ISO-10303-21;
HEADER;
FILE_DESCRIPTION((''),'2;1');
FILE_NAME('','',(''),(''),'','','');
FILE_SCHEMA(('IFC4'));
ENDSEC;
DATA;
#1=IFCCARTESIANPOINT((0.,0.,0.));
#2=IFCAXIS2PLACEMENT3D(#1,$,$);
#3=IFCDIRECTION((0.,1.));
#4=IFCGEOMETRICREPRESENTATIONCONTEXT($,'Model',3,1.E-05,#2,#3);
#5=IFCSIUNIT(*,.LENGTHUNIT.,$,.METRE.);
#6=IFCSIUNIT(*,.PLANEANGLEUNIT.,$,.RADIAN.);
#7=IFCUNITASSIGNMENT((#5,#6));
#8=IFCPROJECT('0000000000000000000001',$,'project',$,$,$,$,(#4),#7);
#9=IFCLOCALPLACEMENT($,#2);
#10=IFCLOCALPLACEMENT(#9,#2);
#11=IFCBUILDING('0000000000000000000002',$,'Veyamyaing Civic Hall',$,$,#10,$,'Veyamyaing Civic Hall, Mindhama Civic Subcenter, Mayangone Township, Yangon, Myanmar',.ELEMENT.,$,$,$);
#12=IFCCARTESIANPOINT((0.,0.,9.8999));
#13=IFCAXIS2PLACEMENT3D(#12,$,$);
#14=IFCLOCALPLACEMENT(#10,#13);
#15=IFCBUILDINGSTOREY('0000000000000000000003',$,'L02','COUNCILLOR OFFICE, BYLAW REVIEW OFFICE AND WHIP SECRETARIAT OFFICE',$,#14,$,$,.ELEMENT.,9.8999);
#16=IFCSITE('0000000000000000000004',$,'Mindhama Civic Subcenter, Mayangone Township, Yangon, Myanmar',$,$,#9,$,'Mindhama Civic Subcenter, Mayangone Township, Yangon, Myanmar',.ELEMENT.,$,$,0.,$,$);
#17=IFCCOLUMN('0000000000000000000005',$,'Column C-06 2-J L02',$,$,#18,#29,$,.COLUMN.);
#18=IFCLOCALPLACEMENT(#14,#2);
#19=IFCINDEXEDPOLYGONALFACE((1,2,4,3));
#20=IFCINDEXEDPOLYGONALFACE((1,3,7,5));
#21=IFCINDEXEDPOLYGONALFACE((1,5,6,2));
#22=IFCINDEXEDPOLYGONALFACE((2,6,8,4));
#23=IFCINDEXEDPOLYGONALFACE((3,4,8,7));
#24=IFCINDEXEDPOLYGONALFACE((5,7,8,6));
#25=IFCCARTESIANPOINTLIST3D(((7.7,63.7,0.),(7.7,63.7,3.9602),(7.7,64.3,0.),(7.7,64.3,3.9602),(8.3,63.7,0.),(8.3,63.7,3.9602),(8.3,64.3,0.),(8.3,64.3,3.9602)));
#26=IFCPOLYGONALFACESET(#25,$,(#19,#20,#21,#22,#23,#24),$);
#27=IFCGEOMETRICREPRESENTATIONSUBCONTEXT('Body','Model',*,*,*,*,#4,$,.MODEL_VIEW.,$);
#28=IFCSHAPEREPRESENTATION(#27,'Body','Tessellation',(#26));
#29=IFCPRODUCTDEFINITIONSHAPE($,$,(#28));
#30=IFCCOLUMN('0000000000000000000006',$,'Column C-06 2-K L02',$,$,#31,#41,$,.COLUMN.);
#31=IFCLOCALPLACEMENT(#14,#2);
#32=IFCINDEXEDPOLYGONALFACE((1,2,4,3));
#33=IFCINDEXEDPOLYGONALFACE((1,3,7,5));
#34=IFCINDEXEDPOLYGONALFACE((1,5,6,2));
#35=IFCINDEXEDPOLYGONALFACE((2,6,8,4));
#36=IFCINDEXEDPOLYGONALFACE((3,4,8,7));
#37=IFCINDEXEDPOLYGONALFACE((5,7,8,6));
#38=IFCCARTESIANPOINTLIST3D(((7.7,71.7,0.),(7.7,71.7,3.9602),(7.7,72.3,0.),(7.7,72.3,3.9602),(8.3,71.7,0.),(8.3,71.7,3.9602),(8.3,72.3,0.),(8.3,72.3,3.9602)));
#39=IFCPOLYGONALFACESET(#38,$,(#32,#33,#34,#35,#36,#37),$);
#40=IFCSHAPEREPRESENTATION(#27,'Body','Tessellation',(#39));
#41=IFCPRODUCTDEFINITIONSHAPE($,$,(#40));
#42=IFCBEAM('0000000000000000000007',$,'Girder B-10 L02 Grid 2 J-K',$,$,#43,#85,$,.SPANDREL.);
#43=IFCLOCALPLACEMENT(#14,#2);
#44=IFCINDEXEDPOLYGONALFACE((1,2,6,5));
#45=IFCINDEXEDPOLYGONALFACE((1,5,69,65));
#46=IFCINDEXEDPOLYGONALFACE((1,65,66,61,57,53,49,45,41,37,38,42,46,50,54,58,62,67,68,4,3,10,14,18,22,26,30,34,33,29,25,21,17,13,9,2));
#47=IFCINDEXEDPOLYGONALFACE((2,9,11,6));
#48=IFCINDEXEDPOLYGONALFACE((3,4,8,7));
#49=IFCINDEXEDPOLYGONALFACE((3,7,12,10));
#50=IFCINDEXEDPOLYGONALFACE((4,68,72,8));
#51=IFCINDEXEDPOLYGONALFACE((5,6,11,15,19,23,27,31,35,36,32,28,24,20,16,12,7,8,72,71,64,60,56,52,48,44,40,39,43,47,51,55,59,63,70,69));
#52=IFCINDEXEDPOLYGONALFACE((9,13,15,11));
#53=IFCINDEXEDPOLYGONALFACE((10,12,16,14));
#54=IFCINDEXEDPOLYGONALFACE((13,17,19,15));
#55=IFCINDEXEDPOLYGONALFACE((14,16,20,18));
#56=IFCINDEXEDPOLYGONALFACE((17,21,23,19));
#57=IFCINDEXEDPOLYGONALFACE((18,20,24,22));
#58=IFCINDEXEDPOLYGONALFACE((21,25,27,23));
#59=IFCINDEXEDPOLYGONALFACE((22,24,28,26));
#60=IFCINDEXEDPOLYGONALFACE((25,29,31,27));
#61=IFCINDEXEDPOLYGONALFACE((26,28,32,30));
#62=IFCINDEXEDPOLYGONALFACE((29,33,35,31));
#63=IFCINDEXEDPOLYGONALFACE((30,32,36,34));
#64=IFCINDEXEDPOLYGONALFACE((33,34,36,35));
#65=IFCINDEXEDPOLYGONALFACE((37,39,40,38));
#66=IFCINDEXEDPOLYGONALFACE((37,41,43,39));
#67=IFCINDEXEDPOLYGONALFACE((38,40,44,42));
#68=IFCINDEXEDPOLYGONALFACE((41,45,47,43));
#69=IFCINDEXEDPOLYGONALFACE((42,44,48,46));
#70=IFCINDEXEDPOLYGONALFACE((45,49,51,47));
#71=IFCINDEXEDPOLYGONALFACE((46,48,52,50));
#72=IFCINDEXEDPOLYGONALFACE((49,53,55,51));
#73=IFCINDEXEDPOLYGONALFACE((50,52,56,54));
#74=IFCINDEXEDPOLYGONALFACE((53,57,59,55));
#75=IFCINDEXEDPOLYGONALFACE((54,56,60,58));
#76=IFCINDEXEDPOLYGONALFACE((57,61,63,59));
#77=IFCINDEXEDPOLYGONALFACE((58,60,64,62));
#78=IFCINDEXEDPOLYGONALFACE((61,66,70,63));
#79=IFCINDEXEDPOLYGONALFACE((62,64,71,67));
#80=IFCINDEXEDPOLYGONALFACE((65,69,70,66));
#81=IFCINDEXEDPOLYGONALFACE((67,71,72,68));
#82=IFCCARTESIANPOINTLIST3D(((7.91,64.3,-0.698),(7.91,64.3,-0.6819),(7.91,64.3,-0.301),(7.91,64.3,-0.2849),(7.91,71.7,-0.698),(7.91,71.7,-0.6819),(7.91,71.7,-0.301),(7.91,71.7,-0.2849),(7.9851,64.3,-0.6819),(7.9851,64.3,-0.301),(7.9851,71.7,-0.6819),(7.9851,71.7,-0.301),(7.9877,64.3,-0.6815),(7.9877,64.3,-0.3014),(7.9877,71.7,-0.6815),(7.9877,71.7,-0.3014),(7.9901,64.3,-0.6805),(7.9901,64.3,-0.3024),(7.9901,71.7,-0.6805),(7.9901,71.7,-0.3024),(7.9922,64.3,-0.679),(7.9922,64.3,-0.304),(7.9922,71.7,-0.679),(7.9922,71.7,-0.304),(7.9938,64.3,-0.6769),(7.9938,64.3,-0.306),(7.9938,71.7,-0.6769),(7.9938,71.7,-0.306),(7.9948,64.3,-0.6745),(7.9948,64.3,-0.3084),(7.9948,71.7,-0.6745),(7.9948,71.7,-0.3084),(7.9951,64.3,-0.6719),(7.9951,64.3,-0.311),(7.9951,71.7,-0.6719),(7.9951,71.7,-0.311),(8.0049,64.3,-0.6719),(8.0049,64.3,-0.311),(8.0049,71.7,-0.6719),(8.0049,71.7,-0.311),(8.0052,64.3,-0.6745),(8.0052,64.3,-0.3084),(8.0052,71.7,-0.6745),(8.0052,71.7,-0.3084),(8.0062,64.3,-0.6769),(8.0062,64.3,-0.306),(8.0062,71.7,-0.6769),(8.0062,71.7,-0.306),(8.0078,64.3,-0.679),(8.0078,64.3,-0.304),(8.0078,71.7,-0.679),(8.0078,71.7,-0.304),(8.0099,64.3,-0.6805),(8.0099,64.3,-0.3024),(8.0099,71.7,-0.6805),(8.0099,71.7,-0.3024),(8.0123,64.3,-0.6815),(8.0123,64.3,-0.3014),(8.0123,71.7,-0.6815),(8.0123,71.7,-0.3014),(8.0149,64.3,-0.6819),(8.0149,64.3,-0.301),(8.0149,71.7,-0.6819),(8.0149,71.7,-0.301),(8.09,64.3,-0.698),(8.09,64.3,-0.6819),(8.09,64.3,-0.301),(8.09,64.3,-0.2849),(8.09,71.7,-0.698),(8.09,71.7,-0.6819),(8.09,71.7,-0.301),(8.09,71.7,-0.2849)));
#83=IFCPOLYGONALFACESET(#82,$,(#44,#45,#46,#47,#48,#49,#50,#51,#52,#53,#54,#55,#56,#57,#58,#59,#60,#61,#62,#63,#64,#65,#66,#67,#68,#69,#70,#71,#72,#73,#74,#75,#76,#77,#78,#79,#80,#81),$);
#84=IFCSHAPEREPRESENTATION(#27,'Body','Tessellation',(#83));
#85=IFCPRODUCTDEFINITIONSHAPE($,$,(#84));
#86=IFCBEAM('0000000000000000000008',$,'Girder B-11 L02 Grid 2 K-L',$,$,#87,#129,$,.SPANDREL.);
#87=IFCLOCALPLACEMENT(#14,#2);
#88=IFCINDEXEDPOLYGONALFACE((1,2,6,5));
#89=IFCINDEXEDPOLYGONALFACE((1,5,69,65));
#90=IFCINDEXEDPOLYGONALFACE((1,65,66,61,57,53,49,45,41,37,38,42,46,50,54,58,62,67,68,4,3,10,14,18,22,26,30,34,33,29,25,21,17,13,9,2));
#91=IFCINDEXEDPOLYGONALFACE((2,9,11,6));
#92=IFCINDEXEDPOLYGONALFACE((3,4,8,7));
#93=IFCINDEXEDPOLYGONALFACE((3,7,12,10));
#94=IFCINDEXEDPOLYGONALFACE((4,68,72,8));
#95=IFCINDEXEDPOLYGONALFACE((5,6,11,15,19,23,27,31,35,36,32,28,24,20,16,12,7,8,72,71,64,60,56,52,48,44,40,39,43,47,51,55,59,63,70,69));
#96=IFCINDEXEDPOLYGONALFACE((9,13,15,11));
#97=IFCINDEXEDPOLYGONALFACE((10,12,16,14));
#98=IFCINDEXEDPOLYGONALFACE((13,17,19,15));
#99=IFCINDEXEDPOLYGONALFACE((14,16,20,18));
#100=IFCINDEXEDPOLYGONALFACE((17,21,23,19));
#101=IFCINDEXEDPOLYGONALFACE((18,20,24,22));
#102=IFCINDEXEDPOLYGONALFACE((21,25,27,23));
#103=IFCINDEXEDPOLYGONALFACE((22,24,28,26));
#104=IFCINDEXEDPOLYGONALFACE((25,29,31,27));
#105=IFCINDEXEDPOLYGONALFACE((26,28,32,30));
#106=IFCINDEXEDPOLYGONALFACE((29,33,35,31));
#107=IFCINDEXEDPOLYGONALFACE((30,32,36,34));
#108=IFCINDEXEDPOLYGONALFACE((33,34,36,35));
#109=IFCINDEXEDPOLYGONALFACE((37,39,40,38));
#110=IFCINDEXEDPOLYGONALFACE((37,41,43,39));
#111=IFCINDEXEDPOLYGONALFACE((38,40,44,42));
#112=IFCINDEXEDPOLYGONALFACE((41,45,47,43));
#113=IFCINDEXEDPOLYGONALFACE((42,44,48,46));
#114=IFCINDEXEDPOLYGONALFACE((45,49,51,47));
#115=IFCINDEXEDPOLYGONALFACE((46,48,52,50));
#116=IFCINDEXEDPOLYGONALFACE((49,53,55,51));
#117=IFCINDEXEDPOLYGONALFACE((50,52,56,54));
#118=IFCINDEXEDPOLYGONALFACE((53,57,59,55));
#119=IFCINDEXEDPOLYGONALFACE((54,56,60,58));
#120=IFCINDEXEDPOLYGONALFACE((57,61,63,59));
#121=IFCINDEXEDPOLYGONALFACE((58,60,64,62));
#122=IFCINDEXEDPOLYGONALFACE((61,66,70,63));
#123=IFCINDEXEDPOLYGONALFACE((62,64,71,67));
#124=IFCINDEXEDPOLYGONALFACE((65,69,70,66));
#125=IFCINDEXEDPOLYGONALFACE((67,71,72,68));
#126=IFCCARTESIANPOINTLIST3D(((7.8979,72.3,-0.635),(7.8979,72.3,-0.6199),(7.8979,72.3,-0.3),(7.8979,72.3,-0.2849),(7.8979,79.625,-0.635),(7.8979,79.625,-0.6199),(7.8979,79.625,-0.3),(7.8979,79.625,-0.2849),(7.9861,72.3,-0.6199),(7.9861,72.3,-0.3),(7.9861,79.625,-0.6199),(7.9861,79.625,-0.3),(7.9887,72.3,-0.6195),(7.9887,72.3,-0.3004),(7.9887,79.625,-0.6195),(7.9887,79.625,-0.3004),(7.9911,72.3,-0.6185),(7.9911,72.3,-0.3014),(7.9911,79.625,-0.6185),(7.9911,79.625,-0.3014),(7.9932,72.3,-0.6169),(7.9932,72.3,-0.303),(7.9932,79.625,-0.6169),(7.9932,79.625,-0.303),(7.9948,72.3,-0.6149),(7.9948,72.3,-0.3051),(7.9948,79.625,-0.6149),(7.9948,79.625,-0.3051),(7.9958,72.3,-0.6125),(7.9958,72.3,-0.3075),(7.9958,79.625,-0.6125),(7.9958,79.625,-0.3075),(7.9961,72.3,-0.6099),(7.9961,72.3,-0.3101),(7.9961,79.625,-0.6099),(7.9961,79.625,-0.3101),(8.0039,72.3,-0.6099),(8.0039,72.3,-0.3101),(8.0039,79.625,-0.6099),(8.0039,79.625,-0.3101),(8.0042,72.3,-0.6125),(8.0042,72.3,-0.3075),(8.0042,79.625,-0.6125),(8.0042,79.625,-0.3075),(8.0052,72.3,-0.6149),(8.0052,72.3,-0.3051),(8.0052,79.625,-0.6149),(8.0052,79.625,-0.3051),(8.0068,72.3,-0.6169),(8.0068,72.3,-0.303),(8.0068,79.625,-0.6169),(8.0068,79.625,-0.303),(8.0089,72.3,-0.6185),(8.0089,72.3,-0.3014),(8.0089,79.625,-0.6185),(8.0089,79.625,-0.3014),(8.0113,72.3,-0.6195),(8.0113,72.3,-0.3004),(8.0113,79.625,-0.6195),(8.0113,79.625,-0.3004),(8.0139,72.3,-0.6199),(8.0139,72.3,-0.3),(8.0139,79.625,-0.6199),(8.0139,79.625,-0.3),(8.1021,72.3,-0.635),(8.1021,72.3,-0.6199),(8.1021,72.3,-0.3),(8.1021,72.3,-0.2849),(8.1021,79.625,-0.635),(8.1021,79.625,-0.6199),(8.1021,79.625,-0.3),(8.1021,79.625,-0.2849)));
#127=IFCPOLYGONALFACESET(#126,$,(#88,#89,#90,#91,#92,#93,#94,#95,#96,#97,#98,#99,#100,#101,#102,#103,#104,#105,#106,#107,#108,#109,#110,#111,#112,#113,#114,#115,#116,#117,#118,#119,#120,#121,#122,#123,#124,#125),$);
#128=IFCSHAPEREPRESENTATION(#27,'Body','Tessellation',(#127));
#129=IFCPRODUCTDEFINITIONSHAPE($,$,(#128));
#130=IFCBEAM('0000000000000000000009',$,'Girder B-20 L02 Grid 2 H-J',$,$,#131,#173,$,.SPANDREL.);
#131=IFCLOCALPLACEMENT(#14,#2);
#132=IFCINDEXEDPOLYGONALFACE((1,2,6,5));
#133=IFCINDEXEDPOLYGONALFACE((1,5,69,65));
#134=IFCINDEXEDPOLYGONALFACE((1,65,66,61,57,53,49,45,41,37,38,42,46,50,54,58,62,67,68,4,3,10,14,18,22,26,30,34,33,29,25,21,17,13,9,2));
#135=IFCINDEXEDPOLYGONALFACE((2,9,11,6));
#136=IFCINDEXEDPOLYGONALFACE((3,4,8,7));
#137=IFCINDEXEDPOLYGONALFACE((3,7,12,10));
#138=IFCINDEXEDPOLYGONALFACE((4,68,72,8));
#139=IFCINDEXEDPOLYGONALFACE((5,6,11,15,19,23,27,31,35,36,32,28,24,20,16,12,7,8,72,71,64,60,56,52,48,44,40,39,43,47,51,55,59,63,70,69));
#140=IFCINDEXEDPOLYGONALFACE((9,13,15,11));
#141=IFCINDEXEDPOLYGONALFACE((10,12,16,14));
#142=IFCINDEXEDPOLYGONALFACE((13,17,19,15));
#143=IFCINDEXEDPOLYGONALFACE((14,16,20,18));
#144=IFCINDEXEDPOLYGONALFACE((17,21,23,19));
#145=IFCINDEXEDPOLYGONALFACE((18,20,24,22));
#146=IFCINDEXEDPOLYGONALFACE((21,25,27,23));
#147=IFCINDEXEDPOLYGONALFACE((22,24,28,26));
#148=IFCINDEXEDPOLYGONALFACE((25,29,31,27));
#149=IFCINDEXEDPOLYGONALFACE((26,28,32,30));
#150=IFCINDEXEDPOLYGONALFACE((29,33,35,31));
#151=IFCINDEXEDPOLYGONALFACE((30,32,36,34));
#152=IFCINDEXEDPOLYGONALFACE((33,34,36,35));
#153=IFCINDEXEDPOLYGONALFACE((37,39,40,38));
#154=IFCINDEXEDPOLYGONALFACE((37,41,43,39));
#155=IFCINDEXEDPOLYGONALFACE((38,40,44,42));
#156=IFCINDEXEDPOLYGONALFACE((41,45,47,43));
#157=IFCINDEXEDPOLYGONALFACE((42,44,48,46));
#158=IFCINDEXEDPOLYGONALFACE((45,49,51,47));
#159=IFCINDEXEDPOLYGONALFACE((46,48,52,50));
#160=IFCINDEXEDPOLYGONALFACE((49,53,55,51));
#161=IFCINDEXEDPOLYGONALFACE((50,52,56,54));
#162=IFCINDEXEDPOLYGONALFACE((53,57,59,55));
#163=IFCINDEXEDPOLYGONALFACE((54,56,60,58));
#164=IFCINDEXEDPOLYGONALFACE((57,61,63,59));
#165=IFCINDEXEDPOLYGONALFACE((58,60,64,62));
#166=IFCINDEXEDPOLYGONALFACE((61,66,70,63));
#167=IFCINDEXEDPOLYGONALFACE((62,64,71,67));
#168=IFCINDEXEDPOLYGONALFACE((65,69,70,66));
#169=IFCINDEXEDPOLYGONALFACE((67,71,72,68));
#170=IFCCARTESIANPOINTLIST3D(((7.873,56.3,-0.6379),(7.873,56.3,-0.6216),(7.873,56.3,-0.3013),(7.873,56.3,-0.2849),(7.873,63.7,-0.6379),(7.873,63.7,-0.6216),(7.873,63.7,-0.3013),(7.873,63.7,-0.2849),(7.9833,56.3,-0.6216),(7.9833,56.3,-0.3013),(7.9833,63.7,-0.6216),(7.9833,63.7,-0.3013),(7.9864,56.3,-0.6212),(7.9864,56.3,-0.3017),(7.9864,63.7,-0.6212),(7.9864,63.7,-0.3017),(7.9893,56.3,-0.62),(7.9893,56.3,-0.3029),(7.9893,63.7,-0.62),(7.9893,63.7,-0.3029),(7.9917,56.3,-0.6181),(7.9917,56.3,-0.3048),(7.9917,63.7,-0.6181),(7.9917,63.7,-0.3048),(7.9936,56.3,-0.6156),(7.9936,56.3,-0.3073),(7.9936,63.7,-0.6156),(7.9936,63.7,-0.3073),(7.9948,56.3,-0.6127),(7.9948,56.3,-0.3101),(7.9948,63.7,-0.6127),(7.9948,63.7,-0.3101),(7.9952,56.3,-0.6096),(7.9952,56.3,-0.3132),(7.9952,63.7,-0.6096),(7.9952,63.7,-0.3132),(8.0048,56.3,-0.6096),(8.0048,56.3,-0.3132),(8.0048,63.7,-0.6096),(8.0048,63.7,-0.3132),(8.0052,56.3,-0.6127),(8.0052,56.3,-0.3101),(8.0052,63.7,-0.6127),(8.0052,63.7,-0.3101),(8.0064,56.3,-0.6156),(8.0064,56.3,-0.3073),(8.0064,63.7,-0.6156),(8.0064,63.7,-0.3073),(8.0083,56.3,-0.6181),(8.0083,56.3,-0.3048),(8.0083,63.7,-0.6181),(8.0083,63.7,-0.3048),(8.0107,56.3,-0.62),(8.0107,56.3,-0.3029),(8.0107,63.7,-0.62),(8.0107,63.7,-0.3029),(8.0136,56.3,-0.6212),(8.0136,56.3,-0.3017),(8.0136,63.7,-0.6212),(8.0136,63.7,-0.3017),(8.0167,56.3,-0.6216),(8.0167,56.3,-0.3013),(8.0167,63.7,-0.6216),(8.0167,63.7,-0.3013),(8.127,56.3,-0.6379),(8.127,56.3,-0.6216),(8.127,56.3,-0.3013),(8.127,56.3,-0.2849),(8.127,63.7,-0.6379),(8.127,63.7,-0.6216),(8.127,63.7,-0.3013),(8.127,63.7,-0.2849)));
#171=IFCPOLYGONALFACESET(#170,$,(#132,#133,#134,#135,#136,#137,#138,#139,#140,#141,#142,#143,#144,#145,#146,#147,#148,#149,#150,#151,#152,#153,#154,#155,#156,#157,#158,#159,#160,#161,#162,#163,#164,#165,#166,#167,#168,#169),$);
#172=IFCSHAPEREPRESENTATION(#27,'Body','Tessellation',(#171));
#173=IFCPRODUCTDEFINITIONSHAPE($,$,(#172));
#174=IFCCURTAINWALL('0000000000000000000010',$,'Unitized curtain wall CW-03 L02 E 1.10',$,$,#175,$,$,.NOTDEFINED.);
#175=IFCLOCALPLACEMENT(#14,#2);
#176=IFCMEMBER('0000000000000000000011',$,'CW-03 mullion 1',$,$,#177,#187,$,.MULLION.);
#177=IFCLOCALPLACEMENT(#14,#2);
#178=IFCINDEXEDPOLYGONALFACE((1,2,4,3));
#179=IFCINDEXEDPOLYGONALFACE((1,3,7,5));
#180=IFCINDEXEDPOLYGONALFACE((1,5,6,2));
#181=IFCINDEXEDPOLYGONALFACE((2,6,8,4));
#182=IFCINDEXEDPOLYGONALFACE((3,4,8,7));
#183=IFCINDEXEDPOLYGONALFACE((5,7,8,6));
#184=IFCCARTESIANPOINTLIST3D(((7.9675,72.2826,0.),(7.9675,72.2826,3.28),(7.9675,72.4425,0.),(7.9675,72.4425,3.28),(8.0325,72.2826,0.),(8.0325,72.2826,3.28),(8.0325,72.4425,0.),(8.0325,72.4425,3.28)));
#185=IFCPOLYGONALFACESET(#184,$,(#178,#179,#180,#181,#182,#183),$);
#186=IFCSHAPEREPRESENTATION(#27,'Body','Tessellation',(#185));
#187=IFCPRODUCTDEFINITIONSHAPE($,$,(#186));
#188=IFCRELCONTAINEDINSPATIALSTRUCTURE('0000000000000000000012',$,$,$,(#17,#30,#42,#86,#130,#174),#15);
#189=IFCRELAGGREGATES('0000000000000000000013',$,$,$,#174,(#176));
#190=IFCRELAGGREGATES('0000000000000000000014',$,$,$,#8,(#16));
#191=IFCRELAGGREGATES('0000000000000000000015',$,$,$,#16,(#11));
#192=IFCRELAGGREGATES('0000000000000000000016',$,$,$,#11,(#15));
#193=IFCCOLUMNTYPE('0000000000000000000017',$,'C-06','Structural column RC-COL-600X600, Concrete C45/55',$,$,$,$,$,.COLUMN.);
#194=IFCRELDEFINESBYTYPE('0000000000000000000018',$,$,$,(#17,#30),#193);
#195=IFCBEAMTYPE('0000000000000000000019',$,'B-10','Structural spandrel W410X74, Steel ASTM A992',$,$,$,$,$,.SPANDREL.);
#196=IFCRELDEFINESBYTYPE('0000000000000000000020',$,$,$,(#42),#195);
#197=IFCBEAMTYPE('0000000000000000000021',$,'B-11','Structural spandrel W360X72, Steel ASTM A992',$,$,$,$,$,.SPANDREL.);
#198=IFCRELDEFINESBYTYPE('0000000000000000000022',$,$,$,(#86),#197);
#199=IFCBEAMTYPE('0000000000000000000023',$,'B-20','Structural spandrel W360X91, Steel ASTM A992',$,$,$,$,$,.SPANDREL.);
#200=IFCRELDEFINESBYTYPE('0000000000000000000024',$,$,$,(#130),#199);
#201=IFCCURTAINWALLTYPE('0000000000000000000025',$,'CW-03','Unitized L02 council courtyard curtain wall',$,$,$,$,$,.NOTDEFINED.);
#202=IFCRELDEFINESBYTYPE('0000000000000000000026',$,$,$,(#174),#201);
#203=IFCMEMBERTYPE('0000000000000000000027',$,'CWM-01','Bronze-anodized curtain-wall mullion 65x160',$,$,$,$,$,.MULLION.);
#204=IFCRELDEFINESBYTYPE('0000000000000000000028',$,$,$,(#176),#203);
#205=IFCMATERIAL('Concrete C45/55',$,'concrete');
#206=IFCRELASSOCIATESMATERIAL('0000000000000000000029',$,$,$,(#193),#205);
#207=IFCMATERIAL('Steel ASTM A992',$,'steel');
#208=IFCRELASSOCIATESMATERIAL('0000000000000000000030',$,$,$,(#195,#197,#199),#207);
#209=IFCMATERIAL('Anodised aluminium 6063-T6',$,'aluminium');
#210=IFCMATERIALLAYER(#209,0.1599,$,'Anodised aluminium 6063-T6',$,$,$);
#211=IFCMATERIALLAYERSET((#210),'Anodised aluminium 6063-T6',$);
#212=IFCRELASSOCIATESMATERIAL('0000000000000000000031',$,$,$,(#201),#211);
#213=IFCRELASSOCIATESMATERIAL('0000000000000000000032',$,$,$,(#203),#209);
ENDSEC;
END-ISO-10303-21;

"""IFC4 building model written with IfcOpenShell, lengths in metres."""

from ifc_helpers import new_model, si_unit, direction, frame, origin, origin_2d, place, context, subcontext, project, spatial, rectangle, i_section, extrude, material, layer, layer_set, material_profile, profile_set, type_object, element, aggregate, save


model = new_model("IFC4")

# Units and contexts
model_context = context("Model", 3, precision=1e-05, world=origin(), true_north=direction((0.0, 1.0)))
body_context = subcontext(model_context, "Body", "Model", "MODEL_VIEW")
ifc_project = project(units=[si_unit("LENGTHUNIT", "METRE"), si_unit("PLANEANGLEUNIT", "RADIAN")], contexts=[model_context])

# Site, building, storey
site_placement = place(None, origin())
site = spatial("IfcSite", under=ifc_project, at=site_placement, Name="Mindhama Civic Subcenter, Mayangone Township, Yangon, Myanmar", LongName="Mindhama Civic Subcenter, Mayangone Township, Yangon, Myanmar", CompositionType="ELEMENT", RefElevation=0.0)
building_placement = place(site_placement, origin())
building = spatial("IfcBuilding", under=site, at=building_placement, Name="Veyamyaing Civic Hall", LongName="Veyamyaing Civic Hall, Mindhama Civic Subcenter, Mayangone Township, Yangon, Myanmar", CompositionType="ELEMENT")
storey_placement = place(building_placement, frame((0.0, 0.0, 9.8999)))
storey = spatial("IfcBuildingStorey", under=building, at=storey_placement, Name="L02", Description="COUNCILLOR OFFICE, BYLAW REVIEW OFFICE AND WHIP SECRETARIAT OFFICE", CompositionType="ELEMENT", Elevation=9.8999)

# Columns
ifc_material_1 = material(Name="Concrete C45/55", Category="concrete")
ifc_material_profile_1 = material_profile(ifc_material_1, rectangle(XDim=0.6001, YDim=0.6001, at=origin_2d()), Name="RC-COL-600X600")
ifc_profile_set_1 = profile_set([ifc_material_profile_1], Name="Concrete C45/55")
column_type = type_object("IfcColumnType", Name="C-06", Description="Structural column RC-COL-600X600, Concrete C45/55", PredefinedType="COLUMN", material=ifc_profile_set_1)
for number, where, z_axis, x_axis, name in (
    (1, (8.0, 64.0, 0.0), (0.0, 0.0, 1.0), (1.0, 0.0, 0.0), "Column C-06 2-J L02"),
    (2, (8.0, 72.0, 0.0), (0.0, 0.0, 1.0), (1.0, 0.0, 0.0), "Column C-06 2-K L02"),
):
    element("IfcColumn", number, at=place(storey_placement, frame(where, z_axis=z_axis, x_axis=x_axis)), inside=storey, type_object=column_type, Name=name, PredefinedType="COLUMN", context=body_context, shape_type="SweptSolid", body=[
        extrude(rectangle(XDim=0.6001, YDim=0.6001, at=origin_2d()), origin(), (0.0, 0.0, 1.0), 3.9602),
    ])

# Beams
ifc_material_2 = material(Name="Steel ASTM A992", Category="steel")
ifc_material_profile_2 = material_profile(ifc_material_2, i_section(OverallWidth=0.1799, OverallDepth=0.4131, WebThickness=0.0098, FlangeThickness=0.0161, FilletRadius=0.01, at=origin_2d()), Name="W410X74")
ifc_profile_set_2 = profile_set([ifc_material_profile_2], Name="Steel ASTM A992")
beam_type_1 = type_object("IfcBeamType", Name="B-10", Description="Structural spandrel W410X74, Steel ASTM A992", PredefinedType="SPANDREL", material=ifc_profile_set_2)
beam_1_placement = place(storey_placement, frame((8.0, 64.3, -0.4915), z_axis=(0.0, 1.0, 0.0), x_axis=(-1.0, 0.0, 0.0)))
element("IfcBeam", 3, at=beam_1_placement, inside=storey, type_object=beam_type_1, Name="Girder B-10 L02 Grid 2 J-K", PredefinedType="SPANDREL", context=body_context, shape_type="SweptSolid", body=[
    extrude(i_section(OverallWidth=0.1799, OverallDepth=0.4131, WebThickness=0.0098, FlangeThickness=0.0161, FilletRadius=0.01, at=origin_2d()), origin(), (0.0, 0.0, 1.0), 7.3999),
])
ifc_material_profile_3 = material_profile(ifc_material_2, i_section(OverallWidth=0.2041, OverallDepth=0.3501, WebThickness=0.0078, FlangeThickness=0.0151, FilletRadius=0.01, at=origin_2d()), Name="W360X72")
ifc_profile_set_3 = profile_set([ifc_material_profile_3], Name="Steel ASTM A992")
beam_type_2 = type_object("IfcBeamType", Name="B-11", Description="Structural spandrel W360X72, Steel ASTM A992", PredefinedType="SPANDREL", material=ifc_profile_set_3)
beam_2_placement = place(storey_placement, frame((8.0, 72.3, -0.46), z_axis=(0.0, 1.0, 0.0), x_axis=(-1.0, 0.0, 0.0)))
element("IfcBeam", 4, at=beam_2_placement, inside=storey, type_object=beam_type_2, Name="Girder B-11 L02 Grid 2 K-L", PredefinedType="SPANDREL", context=body_context, shape_type="SweptSolid", body=[
    extrude(i_section(OverallWidth=0.2041, OverallDepth=0.3501, WebThickness=0.0078, FlangeThickness=0.0151, FilletRadius=0.01, at=origin_2d()), origin(), (0.0, 0.0, 1.0), 7.325),
])
ifc_material_profile_4 = material_profile(ifc_material_2, i_section(OverallWidth=0.2539, OverallDepth=0.353, WebThickness=0.0095, FlangeThickness=0.0164, FilletRadius=0.012, at=origin_2d()), Name="W360X91")
ifc_profile_set_4 = profile_set([ifc_material_profile_4], Name="Steel ASTM A992")
beam_type_3 = type_object("IfcBeamType", Name="B-20", Description="Structural spandrel W360X91, Steel ASTM A992", PredefinedType="SPANDREL", material=ifc_profile_set_4)
beam_3_placement = place(storey_placement, frame((8.0, 56.3, -0.4614), z_axis=(0.0, 1.0, 0.0), x_axis=(-1.0, 0.0, 0.0)))
element("IfcBeam", 5, at=beam_3_placement, inside=storey, type_object=beam_type_3, Name="Girder B-20 L02 Grid 2 H-J", PredefinedType="SPANDREL", context=body_context, shape_type="SweptSolid", body=[
    extrude(i_section(OverallWidth=0.2539, OverallDepth=0.353, WebThickness=0.0095, FlangeThickness=0.0164, FilletRadius=0.012, at=origin_2d()), origin(), (0.0, 0.0, 1.0), 7.3999),
])

# Curtain wall, member
ifc_material_3 = material(Name="Anodised aluminium 6063-T6", Category="aluminium")
ifc_layer_1 = layer(ifc_material_3, 0.1599, Name="Anodised aluminium 6063-T6")
ifc_layer_set_1 = layer_set([ifc_layer_1], Name="Anodised aluminium 6063-T6")
curtain_wall_type = type_object("IfcCurtainWallType", Name="CW-03", Description="Unitized L02 council courtyard curtain wall", PredefinedType="NOTDEFINED", material=ifc_layer_set_1)
curtain_wall_placement = place(storey_placement, origin())
curtain_wall = element("IfcCurtainWall", 6, at=curtain_wall_placement, inside=storey, type_object=curtain_wall_type, Name="Unitized curtain wall CW-03 L02 E 1.10", PredefinedType="NOTDEFINED")
ifc_material_profile_5 = material_profile(ifc_material_3, rectangle(XDim=0.0649, YDim=0.1599, at=origin_2d()), Name="ALU-MUL-65X160")
ifc_profile_set_5 = profile_set([ifc_material_profile_5], Name="Anodised aluminium 6063-T6")
member_type_1 = type_object("IfcMemberType", Name="CWM-01", Description="Bronze-anodized curtain-wall mullion 65x160", PredefinedType="MULLION", material=ifc_profile_set_5)
member_1_placement = place(storey_placement, frame((8.0, 72.3625, 0.0), z_axis=(0.0, 0.0, 1.0), x_axis=(-1.0, 0.0, 0.0)))
member_1 = element("IfcMember", 7, at=member_1_placement, type_object=member_type_1, Name="CW-03 mullion 1", PredefinedType="MULLION", context=body_context, shape_type="SweptSolid", body=[
    extrude(rectangle(XDim=0.0649, YDim=0.1599, at=origin_2d()), origin(), (0.0, 0.0, 1.0), 3.28),
])
aggregate(curtain_wall, [member_1])

save(model, "model.ifc")
